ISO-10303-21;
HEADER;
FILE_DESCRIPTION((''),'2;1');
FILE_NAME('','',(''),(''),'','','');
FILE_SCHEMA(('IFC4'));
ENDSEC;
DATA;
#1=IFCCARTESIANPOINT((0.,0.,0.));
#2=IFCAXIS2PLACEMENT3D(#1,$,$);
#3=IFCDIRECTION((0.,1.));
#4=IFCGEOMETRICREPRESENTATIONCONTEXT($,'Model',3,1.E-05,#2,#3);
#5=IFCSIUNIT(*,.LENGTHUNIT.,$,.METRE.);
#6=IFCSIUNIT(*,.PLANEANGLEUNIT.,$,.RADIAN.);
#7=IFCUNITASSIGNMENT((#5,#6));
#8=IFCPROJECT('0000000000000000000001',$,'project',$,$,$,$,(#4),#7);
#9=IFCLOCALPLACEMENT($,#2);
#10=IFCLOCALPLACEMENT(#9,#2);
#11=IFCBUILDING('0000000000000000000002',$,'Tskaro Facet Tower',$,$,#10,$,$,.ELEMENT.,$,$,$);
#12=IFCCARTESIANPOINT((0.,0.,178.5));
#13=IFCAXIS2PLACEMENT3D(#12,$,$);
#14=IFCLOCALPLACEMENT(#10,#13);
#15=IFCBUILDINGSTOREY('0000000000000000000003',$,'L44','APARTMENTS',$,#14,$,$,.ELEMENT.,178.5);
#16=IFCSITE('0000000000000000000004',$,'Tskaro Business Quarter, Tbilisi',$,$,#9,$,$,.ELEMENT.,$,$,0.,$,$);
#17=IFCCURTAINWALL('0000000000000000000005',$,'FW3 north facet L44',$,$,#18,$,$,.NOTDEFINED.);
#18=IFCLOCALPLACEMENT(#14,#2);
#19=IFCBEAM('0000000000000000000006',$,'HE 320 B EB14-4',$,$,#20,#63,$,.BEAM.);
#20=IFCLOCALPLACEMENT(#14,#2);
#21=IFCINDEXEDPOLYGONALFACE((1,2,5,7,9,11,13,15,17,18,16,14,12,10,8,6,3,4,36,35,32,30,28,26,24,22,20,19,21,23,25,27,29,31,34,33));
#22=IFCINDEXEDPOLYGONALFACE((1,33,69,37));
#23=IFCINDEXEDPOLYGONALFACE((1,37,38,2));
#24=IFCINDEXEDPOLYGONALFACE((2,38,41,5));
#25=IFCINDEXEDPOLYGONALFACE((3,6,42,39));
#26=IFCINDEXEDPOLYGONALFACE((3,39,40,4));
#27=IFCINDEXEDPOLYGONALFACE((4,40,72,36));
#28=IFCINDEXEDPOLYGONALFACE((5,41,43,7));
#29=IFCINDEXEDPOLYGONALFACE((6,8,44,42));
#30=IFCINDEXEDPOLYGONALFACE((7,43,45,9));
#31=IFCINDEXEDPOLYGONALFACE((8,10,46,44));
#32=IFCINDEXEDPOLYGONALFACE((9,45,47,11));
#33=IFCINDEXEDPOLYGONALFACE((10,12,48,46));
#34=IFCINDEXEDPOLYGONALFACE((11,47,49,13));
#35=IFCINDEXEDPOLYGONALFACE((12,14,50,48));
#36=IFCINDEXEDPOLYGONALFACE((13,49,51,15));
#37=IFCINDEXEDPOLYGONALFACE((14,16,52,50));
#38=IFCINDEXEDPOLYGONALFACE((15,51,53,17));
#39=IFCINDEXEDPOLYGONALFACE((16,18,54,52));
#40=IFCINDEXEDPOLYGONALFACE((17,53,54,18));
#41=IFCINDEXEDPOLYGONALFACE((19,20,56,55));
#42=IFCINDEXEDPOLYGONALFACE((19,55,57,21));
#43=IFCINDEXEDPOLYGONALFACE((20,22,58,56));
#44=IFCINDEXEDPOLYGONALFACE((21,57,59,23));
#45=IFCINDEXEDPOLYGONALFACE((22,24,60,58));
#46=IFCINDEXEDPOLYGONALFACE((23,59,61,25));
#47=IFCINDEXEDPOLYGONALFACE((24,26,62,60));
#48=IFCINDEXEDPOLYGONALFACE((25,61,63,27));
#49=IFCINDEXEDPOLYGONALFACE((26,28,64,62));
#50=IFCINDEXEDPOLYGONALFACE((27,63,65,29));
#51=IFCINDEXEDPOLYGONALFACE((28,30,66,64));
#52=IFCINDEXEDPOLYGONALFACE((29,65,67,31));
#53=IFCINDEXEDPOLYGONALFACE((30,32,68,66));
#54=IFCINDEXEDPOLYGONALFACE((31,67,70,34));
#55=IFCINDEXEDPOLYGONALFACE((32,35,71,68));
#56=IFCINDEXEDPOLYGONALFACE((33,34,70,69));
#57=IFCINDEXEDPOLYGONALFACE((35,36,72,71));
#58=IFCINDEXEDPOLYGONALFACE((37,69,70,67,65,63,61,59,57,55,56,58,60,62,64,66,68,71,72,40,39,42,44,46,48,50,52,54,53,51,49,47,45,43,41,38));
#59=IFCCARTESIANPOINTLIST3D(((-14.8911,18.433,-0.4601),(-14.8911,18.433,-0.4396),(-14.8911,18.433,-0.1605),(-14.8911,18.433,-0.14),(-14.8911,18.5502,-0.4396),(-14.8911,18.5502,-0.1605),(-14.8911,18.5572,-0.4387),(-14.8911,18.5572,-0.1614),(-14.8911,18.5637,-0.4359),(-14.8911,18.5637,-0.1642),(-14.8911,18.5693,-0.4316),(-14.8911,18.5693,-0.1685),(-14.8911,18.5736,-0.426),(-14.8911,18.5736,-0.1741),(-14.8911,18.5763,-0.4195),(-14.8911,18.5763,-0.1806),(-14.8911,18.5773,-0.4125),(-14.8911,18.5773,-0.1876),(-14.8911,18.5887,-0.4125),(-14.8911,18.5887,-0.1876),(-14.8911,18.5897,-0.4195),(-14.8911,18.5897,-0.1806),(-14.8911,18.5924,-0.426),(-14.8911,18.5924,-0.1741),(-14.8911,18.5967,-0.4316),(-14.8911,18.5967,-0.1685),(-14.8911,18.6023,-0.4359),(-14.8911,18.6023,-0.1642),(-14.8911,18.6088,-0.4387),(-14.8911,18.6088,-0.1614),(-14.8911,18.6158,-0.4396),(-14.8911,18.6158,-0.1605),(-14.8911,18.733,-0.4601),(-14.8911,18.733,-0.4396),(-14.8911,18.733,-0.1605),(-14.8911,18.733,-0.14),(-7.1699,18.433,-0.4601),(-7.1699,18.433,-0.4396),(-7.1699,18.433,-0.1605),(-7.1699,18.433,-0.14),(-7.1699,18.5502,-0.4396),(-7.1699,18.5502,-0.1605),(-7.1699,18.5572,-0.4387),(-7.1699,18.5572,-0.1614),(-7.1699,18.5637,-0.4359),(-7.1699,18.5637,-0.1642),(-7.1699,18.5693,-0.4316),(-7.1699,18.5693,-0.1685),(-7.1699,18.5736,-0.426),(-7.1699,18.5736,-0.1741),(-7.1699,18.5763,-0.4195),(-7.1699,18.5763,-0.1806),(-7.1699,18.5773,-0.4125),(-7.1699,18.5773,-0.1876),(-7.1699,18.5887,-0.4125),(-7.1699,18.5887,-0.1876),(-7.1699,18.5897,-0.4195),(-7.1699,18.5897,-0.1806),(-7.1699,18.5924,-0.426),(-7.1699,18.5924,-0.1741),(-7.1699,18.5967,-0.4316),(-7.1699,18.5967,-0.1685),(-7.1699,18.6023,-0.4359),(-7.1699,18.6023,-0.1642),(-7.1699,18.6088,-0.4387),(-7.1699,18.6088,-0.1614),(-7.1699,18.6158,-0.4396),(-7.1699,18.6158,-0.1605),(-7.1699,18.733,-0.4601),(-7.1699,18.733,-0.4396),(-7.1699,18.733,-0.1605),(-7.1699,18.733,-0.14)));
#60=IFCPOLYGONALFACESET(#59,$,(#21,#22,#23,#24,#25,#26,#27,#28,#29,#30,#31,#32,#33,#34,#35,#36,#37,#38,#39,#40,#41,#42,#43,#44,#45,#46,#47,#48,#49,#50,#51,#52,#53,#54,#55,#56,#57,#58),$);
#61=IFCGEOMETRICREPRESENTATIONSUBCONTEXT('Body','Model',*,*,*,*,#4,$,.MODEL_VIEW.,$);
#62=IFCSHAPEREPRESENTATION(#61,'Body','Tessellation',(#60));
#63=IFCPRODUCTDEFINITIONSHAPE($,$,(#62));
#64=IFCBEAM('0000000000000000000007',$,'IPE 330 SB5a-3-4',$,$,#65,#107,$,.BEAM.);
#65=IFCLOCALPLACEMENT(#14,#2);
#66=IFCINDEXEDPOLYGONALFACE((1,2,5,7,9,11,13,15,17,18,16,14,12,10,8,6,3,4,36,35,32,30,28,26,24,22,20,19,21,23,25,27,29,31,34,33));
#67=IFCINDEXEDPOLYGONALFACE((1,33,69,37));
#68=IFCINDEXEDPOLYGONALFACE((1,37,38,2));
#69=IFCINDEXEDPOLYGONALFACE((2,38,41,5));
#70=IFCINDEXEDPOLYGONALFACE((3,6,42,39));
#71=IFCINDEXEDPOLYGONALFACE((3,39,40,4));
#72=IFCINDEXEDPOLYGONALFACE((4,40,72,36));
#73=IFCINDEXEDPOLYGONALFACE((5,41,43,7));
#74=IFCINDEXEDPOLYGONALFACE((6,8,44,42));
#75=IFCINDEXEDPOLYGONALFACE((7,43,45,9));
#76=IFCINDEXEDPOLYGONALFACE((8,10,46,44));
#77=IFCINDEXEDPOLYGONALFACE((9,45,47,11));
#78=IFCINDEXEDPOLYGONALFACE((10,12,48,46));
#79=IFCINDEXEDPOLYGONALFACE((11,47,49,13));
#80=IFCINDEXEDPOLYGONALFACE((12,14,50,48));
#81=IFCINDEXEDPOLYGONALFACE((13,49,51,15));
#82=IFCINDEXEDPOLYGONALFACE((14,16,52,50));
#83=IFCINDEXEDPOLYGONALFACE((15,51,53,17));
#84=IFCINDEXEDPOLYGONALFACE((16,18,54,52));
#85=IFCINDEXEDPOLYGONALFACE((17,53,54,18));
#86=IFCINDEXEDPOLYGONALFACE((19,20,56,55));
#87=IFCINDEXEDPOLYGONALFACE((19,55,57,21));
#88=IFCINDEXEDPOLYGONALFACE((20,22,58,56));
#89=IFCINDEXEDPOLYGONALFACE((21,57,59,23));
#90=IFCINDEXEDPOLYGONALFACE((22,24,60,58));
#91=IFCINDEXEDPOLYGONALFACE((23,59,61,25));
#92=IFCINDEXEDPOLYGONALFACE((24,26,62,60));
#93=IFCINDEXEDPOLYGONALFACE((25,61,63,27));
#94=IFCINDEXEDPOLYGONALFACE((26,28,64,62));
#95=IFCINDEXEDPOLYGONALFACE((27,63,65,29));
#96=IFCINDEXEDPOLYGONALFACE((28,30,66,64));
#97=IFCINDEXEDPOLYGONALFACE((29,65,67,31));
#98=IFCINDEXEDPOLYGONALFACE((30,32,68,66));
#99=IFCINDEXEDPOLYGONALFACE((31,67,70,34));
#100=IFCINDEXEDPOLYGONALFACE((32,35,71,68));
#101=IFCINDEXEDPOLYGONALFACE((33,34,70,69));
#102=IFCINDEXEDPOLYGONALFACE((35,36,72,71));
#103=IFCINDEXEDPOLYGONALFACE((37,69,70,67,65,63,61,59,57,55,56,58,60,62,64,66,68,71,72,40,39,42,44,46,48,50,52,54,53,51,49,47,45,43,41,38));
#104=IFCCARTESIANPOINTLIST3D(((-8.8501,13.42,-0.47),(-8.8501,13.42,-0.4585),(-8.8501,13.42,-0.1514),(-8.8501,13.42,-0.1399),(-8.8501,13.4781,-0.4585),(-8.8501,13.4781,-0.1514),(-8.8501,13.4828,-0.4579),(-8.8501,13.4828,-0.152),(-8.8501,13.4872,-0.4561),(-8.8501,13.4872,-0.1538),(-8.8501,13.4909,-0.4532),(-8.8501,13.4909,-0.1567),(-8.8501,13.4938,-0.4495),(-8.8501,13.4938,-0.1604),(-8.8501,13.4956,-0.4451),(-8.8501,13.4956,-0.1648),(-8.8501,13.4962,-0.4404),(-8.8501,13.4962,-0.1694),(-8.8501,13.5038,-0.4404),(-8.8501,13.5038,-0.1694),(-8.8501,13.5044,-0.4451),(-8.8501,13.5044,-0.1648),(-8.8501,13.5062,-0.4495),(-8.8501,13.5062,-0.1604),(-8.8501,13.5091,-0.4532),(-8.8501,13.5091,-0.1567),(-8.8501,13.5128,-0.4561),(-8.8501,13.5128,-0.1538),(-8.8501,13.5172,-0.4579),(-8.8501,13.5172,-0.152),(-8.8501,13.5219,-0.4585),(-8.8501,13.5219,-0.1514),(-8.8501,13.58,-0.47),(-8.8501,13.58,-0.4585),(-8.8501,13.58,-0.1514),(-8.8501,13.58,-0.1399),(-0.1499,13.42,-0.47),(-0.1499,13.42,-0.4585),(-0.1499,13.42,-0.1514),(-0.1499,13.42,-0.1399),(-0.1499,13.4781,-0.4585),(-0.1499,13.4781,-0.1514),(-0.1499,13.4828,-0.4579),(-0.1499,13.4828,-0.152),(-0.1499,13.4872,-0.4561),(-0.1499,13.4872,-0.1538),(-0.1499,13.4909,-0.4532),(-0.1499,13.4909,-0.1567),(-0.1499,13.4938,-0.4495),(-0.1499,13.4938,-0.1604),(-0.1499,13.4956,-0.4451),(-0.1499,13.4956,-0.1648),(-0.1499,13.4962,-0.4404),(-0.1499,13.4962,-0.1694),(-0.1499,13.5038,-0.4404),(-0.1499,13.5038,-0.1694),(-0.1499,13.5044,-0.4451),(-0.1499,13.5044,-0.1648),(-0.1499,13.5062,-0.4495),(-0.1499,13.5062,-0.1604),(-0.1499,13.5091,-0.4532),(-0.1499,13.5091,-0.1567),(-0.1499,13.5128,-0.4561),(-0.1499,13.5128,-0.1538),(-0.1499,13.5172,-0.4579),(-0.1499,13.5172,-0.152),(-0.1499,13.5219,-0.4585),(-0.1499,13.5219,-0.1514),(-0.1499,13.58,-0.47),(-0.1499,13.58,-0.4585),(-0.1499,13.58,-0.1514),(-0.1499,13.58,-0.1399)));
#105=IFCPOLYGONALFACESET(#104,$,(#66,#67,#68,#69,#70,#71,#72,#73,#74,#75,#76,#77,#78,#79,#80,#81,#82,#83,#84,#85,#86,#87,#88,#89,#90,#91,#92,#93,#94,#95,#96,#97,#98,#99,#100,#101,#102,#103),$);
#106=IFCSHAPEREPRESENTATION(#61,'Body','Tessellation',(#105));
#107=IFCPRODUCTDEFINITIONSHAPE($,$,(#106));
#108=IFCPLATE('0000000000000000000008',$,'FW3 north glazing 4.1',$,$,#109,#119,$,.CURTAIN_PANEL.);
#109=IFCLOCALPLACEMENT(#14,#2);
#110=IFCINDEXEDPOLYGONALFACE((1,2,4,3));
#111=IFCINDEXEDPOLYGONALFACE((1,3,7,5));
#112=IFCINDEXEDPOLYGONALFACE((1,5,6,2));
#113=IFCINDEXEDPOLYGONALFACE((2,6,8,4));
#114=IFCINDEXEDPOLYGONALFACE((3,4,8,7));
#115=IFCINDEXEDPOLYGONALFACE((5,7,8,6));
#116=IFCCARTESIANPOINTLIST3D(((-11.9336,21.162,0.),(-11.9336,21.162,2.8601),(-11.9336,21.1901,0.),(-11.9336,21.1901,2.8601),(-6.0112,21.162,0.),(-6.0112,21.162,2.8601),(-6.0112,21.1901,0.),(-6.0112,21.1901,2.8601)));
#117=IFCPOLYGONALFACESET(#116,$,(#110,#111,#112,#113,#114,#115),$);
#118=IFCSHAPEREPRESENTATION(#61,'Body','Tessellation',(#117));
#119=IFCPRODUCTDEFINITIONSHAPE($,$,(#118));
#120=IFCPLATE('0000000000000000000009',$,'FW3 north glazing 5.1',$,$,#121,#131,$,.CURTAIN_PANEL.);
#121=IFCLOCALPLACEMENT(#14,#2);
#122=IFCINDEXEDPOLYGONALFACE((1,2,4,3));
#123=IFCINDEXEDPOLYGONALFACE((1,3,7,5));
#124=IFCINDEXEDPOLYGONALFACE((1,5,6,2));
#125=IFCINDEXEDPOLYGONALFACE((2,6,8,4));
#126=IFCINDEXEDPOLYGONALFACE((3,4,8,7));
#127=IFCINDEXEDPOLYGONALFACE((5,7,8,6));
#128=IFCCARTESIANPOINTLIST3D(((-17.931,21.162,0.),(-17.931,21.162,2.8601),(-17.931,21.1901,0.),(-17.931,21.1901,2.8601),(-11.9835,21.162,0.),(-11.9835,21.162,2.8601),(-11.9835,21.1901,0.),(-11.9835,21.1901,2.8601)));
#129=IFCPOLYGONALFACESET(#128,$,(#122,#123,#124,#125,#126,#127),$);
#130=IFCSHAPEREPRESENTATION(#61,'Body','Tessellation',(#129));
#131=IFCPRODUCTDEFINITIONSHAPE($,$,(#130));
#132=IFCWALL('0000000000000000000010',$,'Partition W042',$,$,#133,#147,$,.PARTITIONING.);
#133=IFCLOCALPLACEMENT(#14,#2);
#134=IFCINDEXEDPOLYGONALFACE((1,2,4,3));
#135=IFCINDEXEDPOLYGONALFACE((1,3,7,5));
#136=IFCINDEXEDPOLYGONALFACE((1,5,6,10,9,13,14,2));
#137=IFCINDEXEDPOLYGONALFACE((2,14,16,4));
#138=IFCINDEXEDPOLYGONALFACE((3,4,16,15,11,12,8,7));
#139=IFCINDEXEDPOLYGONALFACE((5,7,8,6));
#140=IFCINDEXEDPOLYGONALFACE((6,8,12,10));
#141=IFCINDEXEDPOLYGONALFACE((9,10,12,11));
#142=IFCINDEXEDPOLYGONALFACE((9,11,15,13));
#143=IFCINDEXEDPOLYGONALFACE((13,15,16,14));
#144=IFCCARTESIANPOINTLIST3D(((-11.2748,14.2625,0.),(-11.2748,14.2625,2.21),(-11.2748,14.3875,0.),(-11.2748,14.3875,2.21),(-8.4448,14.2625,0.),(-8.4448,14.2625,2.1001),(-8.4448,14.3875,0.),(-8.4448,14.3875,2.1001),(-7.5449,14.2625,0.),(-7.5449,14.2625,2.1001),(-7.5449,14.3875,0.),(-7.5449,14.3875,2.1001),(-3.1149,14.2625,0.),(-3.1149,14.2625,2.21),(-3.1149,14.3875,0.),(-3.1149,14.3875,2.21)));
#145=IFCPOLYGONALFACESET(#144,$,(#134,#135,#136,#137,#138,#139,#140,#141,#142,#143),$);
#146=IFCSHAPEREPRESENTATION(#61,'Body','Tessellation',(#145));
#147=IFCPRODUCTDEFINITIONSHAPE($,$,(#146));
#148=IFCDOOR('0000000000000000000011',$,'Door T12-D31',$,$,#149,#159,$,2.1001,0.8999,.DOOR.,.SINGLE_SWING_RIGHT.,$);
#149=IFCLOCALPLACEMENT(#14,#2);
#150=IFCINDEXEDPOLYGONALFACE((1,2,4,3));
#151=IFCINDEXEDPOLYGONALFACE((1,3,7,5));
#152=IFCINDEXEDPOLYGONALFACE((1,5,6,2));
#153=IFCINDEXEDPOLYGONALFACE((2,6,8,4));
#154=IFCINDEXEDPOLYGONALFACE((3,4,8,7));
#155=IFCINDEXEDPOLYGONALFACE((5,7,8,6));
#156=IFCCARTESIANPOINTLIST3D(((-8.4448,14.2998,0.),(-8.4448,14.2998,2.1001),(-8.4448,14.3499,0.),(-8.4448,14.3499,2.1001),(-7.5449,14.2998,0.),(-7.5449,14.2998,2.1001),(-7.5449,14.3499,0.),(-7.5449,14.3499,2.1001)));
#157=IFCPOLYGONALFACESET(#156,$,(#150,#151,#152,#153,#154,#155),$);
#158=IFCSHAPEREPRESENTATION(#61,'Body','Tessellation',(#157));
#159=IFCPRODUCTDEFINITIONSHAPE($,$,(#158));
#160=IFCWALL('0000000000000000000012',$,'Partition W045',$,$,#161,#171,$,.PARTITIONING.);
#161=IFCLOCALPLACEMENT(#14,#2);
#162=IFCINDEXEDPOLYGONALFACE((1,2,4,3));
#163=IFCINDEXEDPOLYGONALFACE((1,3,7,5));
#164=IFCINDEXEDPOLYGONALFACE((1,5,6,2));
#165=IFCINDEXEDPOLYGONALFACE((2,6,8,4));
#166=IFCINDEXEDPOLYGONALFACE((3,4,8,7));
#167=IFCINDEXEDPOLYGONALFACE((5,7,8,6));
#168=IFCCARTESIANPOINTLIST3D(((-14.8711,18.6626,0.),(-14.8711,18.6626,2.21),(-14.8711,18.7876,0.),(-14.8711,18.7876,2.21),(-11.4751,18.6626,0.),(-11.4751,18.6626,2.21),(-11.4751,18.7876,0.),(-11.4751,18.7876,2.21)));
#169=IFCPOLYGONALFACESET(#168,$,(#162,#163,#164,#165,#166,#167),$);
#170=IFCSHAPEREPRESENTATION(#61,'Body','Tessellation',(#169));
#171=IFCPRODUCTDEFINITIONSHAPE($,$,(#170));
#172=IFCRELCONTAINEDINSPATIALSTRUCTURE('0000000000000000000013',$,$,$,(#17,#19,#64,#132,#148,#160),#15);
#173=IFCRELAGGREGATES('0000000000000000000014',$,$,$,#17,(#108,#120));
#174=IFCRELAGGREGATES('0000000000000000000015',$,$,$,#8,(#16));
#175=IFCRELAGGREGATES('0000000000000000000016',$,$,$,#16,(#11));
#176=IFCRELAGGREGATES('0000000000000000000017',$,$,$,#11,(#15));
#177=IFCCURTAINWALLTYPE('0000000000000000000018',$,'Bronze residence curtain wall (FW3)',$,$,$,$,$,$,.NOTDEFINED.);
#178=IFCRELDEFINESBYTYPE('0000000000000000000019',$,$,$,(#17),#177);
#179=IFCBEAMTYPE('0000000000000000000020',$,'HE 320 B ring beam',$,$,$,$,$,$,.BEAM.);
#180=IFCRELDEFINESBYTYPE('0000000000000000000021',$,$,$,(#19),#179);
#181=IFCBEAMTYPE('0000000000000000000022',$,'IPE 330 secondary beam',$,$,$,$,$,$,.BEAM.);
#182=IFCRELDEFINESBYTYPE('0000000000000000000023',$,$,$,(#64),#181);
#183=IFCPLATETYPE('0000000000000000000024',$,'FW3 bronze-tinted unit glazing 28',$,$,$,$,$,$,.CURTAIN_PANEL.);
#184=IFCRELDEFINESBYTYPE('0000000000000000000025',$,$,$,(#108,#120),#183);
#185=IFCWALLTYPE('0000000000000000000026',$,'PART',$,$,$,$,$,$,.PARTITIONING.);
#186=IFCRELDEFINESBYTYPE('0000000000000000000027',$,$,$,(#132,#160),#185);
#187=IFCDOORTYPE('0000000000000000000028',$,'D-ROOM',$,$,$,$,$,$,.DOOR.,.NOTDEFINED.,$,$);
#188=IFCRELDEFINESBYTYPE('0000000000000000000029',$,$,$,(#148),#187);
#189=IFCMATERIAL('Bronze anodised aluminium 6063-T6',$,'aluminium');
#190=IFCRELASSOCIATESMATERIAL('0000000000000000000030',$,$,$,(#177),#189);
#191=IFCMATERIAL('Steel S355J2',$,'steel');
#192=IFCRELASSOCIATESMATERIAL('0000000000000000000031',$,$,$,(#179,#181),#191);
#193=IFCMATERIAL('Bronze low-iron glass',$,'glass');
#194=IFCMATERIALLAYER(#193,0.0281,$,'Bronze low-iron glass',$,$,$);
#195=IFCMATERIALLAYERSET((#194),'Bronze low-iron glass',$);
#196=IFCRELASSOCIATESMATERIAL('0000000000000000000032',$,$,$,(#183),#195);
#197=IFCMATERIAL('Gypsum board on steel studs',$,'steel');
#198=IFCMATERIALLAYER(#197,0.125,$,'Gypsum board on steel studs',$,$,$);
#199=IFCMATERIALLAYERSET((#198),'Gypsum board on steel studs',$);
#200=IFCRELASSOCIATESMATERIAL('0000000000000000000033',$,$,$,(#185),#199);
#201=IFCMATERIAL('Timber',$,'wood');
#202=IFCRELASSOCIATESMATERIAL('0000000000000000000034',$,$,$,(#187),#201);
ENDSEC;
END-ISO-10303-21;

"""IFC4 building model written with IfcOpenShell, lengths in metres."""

from ifc_helpers import new_model, si_unit, direction, frame, frame_2d, origin, origin_2d, place, context, subcontext, project, spatial, rectangle, i_section, extrude, material, layer, layer_set, material_profile, profile_set, type_object, element, fill, aggregate, save


model = new_model("IFC4")

# Units and contexts
model_context = context("Model", 3, precision=1e-05, world=origin(), true_north=direction((0.0, 1.0)))
body_context = subcontext(model_context, "Body", "Model", "MODEL_VIEW")
ifc_project = project(units=[si_unit("LENGTHUNIT", "METRE"), si_unit("PLANEANGLEUNIT", "RADIAN")], contexts=[model_context])

# Site, building, storey
site_placement = place(None, origin())
site = spatial("IfcSite", under=ifc_project, at=site_placement, Name="Tskaro Business Quarter, Tbilisi", CompositionType="ELEMENT", RefElevation=0.0)
building_placement = place(site_placement, origin())
building = spatial("IfcBuilding", under=site, at=building_placement, Name="Tskaro Facet Tower", CompositionType="ELEMENT")
storey_placement = place(building_placement, frame((0.0, 0.0, 178.5)))
storey = spatial("IfcBuildingStorey", under=building, at=storey_placement, Name="L44", Description="APARTMENTS", CompositionType="ELEMENT", Elevation=178.5)

# Curtain wall
ifc_material_1 = material(Name="Bronze anodised aluminium 6063-T6", Category="aluminium")
curtain_wall_type = type_object("IfcCurtainWallType", Name="Bronze residence curtain wall (FW3)", PredefinedType="NOTDEFINED", material=ifc_material_1)
curtain_wall_placement = place(storey_placement, origin())
curtain_wall = element("IfcCurtainWall", 1, at=curtain_wall_placement, inside=storey, type_object=curtain_wall_type, Name="FW3 north facet L44", PredefinedType="NOTDEFINED")

# Beams
ifc_material_2 = material(Name="Steel S355J2", Category="steel")
ifc_material_profile_1 = material_profile(ifc_material_2, i_section(OverallWidth=0.3, OverallDepth=0.3201, WebThickness=0.0115, FlangeThickness=0.0205, FilletRadius=0.0271, at=origin_2d()), Name="HE 320 B")
ifc_profile_set_1 = profile_set([ifc_material_profile_1], Name="Steel S355J2")
beam_type_1 = type_object("IfcBeamType", Name="HE 320 B ring beam", PredefinedType="BEAM", material=ifc_profile_set_1)
beam_1_placement = place(storey_placement, frame((-7.1699, 18.583, -0.3), z_axis=(-1.0, 0.0, 0.0), x_axis=(0.0, -1.0, 0.0)))
element("IfcBeam", 2, at=beam_1_placement, inside=storey, type_object=beam_type_1, Name="HE 320 B EB14-4", PredefinedType="BEAM", context=body_context, shape_type="SweptSolid", body=[
    extrude(i_section(OverallWidth=0.3, OverallDepth=0.3201, WebThickness=0.0115, FlangeThickness=0.0205, FilletRadius=0.0271, at=origin_2d()), origin(), (0.0, 0.0, 1.0), 7.7212),
])
ifc_material_profile_2 = material_profile(ifc_material_2, i_section(OverallWidth=0.1599, OverallDepth=0.3301, WebThickness=0.0076, FlangeThickness=0.0115, FilletRadius=0.0181, at=origin_2d()), Name="IPE 330")
ifc_profile_set_2 = profile_set([ifc_material_profile_2], Name="Steel S355J2")
beam_type_2 = type_object("IfcBeamType", Name="IPE 330 secondary beam", PredefinedType="BEAM", material=ifc_profile_set_2)
beam_2_placement = place(storey_placement, frame((-8.8501, 13.5, -0.3049), z_axis=(1.0, 0.0, 0.0), x_axis=(0.0, 1.0, 0.0)))
element("IfcBeam", 3, at=beam_2_placement, inside=storey, type_object=beam_type_2, Name="IPE 330 SB5a-3-4", PredefinedType="BEAM", context=body_context, shape_type="SweptSolid", body=[
    extrude(i_section(OverallWidth=0.1599, OverallDepth=0.3301, WebThickness=0.0076, FlangeThickness=0.0115, FilletRadius=0.0181, at=origin_2d()), origin(), (0.0, 0.0, 1.0), 8.7002),
])

# Plates
ifc_material_3 = material(Name="Bronze low-iron glass", Category="glass")
ifc_layer_1 = layer(ifc_material_3, 0.0281, Name="Bronze low-iron glass")
ifc_layer_set_1 = layer_set([ifc_layer_1], Name="Bronze low-iron glass")
plate_type = type_object("IfcPlateType", Name="FW3 bronze-tinted unit glazing 28", PredefinedType="CURTAIN_PANEL", material=ifc_layer_set_1)
plate_1_placement = place(storey_placement, frame((-8.9724, 21.176, 0.0), z_axis=(0.0, 0.0, 1.0), x_axis=(-1.0, 0.0, 0.0)))
plate_1 = element("IfcPlate", 4, at=plate_1_placement, type_object=plate_type, Name="FW3 north glazing 4.1", PredefinedType="CURTAIN_PANEL", context=body_context, shape_type="SweptSolid", body=[
    extrude(rectangle(XDim=5.9224, YDim=0.0281, at=origin_2d()), origin(), (0.0, 0.0, 1.0), 2.8601),
])
plate_2_placement = place(storey_placement, frame((-14.9573, 21.176, 0.0), z_axis=(0.0, 0.0, 1.0), x_axis=(-1.0, 0.0, 0.0)))
plate_2 = element("IfcPlate", 5, at=plate_2_placement, type_object=plate_type, Name="FW3 north glazing 5.1", PredefinedType="CURTAIN_PANEL", context=body_context, shape_type="SweptSolid", body=[
    extrude(rectangle(XDim=5.9475, YDim=0.0281, at=origin_2d()), origin(), (0.0, 0.0, 1.0), 2.8601),
])
aggregate(curtain_wall, [plate_1, plate_2])

# Wall, opening, door
ifc_material_4 = material(Name="Gypsum board on steel studs", Category="steel")
ifc_layer_2 = layer(ifc_material_4, 0.125, Name="Gypsum board on steel studs")
ifc_layer_set_2 = layer_set([ifc_layer_2], Name="Gypsum board on steel studs")
wall_type_1 = type_object("IfcWallType", Name="PART", PredefinedType="PARTITIONING", material=ifc_layer_set_2)
wall_1_placement = place(storey_placement, frame((-11.2749, 14.325, 0.0), z_axis=(0.0, 0.0, 1.0), x_axis=(1.0, 0.0, 0.0)))
wall_1 = element("IfcWall", 6, at=wall_1_placement, inside=storey, type_object=wall_type_1, Name="Partition W042", PredefinedType="PARTITIONING", context=body_context, shape_type="SweptSolid", body=[
    extrude(rectangle(XDim=8.1599, YDim=0.125, at=frame_2d((4.0801, 0.0))), origin(), (0.0, 0.0, 1.0), 2.21),
])
opening_1_placement = place(wall_1_placement, frame((2.8301, 0.0, 0.0)))
opening_1 = element("IfcOpeningElement", 7, at=opening_1_placement, cuts=wall_1, PredefinedType="OPENING", context=body_context, shape_type="SweptSolid", body=[
    extrude(rectangle(XDim=0.8999, YDim=2.1001, at=frame_2d((0.45, 1.05))), frame((0.0, 0.0725, 0.0), z_axis=(0.0, -1.0, 0.0), x_axis=(1.0, 0.0, 0.0)), (0.0, 0.0, 1.0), 0.145),
])
ifc_material_5 = material(Name="Timber", Category="wood")
door_type_1 = type_object("IfcDoorType", Name="D-ROOM", OperationType="NOTDEFINED", PredefinedType="DOOR", material=ifc_material_5)
door_1_placement = place(opening_1_placement, origin())
door_1 = element("IfcDoor", 8, at=door_1_placement, inside=storey, type_object=door_type_1, Name="Door T12-D31", OperationType="SINGLE_SWING_RIGHT", OverallHeight=2.1001, OverallWidth=0.8999, PredefinedType="DOOR", context=body_context, shape_type="SweptSolid", body=[
    extrude(rectangle(XDim=0.8999, YDim=2.1001, at=frame_2d((0.45, 1.05))), frame((0.0, 0.0249, 0.0), z_axis=(0.0, -1.0, 0.0), x_axis=(1.0, 0.0, 0.0)), (0.0, 0.0, 1.0), 0.05),
])
fill(opening_1, door_1)

# Wall
wall_2_placement = place(storey_placement, frame((-14.8711, 18.7251, 0.0), z_axis=(0.0, 0.0, 1.0), x_axis=(1.0, 0.0, 0.0)))
element("IfcWall", 9, at=wall_2_placement, inside=storey, type_object=wall_type_1, Name="Partition W045", PredefinedType="PARTITIONING", context=body_context, shape_type="SweptSolid", body=[
    extrude(rectangle(XDim=3.396, YDim=0.125, at=frame_2d((1.698, 0.0))), origin(), (0.0, 0.0, 1.0), 2.21),
])

save(model, "model.ifc")
